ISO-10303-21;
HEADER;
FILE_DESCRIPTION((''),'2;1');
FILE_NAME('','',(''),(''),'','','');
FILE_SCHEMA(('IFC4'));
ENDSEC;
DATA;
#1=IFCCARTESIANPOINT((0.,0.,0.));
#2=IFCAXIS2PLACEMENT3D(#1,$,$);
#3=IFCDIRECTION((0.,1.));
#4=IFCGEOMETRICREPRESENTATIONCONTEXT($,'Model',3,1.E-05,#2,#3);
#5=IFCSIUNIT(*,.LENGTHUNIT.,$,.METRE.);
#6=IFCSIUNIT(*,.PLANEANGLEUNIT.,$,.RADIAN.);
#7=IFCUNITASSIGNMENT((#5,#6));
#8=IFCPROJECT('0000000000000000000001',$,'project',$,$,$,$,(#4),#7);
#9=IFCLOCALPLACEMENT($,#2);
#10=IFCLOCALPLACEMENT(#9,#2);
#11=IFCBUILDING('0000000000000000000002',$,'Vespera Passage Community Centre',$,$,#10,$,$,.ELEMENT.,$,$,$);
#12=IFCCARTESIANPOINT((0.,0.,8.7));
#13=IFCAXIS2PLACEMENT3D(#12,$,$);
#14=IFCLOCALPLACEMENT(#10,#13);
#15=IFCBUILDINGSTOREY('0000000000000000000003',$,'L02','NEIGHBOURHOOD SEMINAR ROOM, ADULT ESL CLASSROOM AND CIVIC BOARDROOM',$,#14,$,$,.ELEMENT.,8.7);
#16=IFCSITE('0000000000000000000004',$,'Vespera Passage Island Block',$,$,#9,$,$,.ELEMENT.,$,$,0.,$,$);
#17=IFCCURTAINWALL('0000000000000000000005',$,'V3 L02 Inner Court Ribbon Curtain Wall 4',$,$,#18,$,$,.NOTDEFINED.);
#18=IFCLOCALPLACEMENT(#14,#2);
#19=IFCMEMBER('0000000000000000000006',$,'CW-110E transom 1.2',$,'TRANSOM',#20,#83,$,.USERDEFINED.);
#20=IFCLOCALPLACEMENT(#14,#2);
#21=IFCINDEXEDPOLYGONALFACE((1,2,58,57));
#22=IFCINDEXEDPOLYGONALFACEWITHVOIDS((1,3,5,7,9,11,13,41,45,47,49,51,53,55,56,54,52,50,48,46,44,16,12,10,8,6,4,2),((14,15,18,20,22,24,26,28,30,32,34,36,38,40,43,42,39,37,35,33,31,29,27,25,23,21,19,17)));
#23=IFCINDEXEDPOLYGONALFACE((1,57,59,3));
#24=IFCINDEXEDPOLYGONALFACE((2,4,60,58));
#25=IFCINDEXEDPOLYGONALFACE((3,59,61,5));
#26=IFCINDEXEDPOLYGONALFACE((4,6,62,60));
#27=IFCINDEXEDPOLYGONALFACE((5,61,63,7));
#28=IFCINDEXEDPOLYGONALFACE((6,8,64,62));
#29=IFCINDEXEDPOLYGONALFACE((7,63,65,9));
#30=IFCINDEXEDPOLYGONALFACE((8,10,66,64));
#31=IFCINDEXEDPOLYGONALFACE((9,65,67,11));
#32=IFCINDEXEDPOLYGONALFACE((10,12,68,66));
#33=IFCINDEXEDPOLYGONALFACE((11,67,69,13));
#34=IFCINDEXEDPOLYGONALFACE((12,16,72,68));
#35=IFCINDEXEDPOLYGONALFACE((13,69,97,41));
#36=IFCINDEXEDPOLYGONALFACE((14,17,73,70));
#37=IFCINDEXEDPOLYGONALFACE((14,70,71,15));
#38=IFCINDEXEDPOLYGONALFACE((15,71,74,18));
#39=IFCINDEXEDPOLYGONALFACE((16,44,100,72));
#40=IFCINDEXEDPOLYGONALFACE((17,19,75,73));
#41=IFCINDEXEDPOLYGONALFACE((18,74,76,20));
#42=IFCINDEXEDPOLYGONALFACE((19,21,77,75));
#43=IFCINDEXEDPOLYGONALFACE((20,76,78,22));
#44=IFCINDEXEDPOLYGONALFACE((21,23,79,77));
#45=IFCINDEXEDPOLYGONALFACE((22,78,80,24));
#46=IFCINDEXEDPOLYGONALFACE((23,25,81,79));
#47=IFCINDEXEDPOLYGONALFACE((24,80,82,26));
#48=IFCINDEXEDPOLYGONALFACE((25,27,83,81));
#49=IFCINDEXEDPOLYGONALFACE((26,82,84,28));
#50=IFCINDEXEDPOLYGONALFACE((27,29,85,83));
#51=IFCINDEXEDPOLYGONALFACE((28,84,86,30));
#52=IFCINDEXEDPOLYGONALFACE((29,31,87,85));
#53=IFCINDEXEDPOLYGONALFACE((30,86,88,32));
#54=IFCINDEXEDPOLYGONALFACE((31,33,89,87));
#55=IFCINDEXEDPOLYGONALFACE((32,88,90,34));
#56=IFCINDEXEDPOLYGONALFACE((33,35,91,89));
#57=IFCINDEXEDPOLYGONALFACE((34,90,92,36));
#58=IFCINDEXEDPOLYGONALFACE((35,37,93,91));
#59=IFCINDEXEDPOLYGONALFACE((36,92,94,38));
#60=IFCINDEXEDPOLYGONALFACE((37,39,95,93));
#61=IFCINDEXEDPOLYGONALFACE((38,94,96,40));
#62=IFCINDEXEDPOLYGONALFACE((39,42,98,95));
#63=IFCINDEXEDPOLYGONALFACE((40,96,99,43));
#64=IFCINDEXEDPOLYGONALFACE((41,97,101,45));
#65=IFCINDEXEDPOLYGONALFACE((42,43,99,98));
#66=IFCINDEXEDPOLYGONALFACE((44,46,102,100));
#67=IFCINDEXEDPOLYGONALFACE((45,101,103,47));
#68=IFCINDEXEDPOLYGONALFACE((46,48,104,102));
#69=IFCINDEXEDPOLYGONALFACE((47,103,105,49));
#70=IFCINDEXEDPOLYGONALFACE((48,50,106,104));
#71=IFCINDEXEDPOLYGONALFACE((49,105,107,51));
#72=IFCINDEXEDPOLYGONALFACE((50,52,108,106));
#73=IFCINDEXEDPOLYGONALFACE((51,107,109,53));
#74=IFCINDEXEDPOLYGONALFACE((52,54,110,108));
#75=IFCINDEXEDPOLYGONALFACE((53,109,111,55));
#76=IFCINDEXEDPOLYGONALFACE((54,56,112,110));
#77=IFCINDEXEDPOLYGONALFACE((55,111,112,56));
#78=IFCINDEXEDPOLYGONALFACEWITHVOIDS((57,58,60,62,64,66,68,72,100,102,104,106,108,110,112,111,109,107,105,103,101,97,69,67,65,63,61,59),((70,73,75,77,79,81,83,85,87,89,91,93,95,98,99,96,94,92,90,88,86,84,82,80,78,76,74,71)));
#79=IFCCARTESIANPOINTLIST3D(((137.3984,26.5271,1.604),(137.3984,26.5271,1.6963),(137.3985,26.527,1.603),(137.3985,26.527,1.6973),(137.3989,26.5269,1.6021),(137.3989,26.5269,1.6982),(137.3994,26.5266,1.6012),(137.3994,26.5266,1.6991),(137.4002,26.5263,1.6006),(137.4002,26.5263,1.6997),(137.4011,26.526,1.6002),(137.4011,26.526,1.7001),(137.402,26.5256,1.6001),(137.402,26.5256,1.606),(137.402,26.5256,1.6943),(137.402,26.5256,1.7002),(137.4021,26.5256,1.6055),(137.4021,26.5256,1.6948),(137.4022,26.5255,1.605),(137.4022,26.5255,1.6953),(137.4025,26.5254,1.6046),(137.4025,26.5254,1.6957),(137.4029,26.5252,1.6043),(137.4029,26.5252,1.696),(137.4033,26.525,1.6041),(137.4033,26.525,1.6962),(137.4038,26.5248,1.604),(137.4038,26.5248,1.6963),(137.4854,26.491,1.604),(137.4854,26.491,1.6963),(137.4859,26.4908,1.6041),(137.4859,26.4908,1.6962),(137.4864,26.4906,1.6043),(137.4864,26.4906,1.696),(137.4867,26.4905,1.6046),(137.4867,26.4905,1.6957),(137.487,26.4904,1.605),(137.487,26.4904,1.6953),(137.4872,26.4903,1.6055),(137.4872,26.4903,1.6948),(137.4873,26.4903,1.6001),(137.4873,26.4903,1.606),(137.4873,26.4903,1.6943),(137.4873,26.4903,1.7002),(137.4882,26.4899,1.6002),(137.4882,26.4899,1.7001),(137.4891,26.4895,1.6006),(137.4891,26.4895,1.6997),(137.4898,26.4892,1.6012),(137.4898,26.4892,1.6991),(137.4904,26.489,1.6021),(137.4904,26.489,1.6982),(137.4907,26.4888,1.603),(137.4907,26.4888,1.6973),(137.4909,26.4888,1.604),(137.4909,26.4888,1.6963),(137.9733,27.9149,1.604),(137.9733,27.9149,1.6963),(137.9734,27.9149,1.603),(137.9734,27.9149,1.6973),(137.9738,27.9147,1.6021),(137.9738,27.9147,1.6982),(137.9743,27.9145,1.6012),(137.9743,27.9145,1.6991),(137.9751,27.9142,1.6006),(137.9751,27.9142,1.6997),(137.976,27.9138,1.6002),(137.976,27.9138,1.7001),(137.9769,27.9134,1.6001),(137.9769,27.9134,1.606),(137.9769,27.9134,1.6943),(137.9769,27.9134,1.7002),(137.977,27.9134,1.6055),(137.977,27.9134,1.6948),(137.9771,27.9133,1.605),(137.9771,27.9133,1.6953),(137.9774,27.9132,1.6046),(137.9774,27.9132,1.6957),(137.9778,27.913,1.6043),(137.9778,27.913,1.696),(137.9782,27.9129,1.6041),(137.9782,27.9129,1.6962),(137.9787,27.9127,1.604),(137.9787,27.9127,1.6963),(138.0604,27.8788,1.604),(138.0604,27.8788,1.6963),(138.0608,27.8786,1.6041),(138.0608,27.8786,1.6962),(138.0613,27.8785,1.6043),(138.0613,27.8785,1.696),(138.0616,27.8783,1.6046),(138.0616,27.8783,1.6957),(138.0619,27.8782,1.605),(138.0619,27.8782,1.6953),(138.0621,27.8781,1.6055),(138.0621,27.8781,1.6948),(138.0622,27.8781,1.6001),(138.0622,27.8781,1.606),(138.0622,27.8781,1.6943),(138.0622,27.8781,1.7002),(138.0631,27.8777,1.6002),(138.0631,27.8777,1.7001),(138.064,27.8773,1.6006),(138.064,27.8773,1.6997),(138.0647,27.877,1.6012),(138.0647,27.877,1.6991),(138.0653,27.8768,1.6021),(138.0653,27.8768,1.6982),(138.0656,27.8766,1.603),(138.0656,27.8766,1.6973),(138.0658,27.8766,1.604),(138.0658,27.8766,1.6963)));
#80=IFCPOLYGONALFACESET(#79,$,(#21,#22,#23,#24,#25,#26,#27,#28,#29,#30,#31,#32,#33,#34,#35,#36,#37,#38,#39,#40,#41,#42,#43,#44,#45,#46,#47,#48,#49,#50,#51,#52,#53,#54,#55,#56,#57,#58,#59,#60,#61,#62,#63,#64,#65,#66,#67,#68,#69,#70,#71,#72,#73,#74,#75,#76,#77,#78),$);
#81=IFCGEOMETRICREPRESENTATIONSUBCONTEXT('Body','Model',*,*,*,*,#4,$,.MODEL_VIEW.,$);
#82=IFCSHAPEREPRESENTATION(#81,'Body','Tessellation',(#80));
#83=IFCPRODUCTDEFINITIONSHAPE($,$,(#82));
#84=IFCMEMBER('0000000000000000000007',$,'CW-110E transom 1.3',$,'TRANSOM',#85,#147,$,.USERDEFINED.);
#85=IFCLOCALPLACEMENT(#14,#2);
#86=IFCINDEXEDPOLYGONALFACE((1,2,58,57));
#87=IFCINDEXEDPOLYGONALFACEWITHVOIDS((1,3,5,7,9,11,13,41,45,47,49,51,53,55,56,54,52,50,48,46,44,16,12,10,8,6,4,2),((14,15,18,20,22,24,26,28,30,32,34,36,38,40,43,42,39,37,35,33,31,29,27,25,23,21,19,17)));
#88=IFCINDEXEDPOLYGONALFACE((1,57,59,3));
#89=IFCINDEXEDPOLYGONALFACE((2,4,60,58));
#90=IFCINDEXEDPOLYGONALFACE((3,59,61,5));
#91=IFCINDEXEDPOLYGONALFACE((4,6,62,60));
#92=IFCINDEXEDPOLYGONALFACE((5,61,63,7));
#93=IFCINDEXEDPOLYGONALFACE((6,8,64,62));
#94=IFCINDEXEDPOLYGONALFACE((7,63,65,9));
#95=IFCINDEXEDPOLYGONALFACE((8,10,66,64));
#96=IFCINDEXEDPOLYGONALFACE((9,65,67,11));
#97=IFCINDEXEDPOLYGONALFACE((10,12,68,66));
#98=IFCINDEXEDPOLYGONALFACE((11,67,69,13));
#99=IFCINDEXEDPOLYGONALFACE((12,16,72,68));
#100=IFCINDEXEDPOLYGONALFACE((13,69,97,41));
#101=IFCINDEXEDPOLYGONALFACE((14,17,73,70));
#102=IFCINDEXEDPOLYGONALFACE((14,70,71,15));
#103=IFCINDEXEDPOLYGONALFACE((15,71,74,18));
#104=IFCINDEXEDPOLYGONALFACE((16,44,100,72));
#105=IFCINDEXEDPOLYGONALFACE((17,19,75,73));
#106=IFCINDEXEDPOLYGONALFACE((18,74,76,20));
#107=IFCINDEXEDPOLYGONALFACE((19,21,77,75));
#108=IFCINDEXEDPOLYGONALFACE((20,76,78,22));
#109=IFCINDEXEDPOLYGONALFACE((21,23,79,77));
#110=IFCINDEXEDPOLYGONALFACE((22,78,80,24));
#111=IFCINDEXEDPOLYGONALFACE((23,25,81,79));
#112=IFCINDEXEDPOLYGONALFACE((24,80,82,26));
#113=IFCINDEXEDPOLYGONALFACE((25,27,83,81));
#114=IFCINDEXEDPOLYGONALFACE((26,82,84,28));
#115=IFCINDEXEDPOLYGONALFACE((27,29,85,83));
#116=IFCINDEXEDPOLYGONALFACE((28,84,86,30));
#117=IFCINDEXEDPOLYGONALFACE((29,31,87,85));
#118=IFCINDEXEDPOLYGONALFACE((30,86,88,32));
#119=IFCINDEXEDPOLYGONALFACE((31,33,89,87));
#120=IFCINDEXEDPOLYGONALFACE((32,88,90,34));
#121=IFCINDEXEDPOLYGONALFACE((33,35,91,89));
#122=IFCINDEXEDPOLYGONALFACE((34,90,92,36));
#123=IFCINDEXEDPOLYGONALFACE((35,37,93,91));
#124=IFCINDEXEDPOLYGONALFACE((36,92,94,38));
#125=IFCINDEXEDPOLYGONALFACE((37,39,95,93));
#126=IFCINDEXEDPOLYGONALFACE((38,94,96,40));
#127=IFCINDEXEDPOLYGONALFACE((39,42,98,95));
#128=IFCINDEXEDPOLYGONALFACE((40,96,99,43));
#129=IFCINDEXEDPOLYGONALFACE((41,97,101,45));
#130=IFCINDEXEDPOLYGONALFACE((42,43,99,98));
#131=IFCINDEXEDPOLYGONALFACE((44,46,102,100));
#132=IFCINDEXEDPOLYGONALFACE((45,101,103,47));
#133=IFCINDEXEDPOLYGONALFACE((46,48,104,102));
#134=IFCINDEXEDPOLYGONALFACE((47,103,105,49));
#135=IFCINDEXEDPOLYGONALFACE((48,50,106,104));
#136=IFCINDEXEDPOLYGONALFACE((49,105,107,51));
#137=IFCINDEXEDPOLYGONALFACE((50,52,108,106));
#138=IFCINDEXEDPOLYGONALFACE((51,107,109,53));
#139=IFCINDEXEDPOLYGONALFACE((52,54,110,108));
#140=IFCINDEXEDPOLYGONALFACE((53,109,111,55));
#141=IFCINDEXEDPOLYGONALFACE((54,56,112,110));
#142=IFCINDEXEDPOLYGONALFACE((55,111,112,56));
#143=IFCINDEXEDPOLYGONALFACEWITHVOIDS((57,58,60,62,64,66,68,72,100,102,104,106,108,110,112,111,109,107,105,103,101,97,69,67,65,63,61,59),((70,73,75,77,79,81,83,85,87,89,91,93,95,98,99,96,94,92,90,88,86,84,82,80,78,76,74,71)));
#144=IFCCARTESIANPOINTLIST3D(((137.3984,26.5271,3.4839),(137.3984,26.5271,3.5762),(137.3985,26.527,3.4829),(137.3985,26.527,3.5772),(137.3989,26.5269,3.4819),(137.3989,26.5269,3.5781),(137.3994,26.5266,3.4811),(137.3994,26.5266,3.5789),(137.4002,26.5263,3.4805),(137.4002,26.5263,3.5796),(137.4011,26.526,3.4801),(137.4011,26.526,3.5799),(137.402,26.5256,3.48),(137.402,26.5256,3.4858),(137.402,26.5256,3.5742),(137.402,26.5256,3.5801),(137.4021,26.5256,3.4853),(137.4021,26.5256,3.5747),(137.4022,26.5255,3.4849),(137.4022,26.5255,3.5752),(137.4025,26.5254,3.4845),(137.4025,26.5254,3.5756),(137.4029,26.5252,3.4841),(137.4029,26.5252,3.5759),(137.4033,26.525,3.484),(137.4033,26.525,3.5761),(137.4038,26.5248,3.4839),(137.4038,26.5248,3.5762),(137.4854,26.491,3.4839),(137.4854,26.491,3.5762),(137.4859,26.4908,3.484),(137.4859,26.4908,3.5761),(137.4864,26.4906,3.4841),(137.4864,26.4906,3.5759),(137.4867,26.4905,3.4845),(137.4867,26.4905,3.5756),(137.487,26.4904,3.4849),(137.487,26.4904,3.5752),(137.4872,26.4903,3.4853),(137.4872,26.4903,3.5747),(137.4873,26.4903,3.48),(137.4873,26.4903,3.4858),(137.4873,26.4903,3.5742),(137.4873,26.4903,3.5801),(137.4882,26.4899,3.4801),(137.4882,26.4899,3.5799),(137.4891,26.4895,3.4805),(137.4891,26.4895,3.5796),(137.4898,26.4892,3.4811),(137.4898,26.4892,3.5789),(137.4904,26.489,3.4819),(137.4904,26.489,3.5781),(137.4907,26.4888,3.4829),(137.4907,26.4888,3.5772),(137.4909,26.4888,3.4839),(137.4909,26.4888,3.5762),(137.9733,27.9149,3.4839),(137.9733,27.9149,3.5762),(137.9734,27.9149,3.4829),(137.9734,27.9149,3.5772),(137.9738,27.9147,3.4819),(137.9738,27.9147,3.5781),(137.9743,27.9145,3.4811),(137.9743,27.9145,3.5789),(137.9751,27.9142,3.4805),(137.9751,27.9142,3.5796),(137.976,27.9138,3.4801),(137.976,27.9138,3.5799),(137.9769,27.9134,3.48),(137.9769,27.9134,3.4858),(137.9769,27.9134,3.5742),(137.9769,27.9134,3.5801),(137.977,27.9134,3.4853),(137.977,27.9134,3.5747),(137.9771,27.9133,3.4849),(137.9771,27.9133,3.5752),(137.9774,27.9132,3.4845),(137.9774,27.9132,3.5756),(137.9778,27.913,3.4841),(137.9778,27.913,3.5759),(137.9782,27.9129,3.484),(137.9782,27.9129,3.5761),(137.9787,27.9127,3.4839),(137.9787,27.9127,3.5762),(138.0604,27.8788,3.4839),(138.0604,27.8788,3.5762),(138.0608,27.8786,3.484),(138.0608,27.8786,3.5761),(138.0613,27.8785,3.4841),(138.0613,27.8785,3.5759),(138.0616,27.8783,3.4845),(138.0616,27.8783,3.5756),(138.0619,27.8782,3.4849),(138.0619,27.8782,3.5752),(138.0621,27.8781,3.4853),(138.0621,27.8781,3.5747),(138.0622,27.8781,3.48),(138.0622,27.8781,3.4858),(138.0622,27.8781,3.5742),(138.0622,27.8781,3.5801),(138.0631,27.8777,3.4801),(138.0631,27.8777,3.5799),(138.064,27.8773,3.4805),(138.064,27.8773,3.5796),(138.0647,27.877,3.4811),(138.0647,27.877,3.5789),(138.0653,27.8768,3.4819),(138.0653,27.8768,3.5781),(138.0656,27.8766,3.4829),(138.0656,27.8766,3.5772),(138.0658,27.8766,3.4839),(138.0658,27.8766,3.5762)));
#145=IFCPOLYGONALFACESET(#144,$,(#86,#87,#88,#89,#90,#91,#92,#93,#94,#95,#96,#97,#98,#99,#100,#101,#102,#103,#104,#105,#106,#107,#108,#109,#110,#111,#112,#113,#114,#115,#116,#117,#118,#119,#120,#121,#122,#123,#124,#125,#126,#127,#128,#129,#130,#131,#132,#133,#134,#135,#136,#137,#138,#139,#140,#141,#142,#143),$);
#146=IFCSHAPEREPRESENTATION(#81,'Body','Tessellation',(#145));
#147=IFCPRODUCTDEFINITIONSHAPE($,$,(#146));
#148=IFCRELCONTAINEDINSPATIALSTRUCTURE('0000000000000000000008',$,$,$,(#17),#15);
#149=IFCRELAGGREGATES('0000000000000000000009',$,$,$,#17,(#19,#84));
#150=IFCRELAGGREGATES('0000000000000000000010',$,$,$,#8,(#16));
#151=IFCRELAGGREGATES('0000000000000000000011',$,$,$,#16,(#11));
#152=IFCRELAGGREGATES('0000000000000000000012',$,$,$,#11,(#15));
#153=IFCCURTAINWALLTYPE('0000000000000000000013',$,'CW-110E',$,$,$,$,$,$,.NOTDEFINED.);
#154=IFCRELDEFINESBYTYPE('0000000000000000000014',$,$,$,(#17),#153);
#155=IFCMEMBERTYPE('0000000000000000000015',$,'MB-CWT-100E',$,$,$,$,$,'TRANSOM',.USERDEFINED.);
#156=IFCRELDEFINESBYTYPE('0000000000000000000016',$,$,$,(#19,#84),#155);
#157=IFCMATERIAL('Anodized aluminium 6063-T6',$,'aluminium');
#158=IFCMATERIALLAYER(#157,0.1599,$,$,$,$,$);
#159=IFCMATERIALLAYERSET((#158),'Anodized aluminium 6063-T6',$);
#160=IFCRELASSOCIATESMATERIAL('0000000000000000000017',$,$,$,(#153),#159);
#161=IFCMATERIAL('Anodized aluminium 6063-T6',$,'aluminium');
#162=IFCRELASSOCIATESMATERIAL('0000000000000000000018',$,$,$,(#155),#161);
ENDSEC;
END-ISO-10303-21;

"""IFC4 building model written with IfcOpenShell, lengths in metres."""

from ifc_helpers import new_model, si_unit, direction, frame, origin, origin_2d, place, context, subcontext, project, spatial, hollow_rectangle, extrude, material, layer, layer_set, material_profile, profile_set, type_object, element, aggregate, save


model = new_model("IFC4")

# Units and contexts
model_context = context("Model", 3, precision=1e-05, world=origin(), true_north=direction((0.0, 1.0)))
body_context = subcontext(model_context, "Body", "Model", "MODEL_VIEW")
ifc_project = project(units=[si_unit("LENGTHUNIT", "METRE"), si_unit("PLANEANGLEUNIT", "RADIAN")], contexts=[model_context])

# Site, building, storey
site_placement = place(None, origin())
site = spatial("IfcSite", under=ifc_project, at=site_placement, Name="Vespera Passage Island Block", CompositionType="ELEMENT", RefElevation=0.0)
building_placement = place(site_placement, origin())
building = spatial("IfcBuilding", under=site, at=building_placement, Name="Vespera Passage Community Centre", CompositionType="ELEMENT")
storey_placement = place(building_placement, frame((0.0, 0.0, 8.7)))
storey = spatial("IfcBuildingStorey", under=building, at=storey_placement, Name="L02", Description="NEIGHBOURHOOD SEMINAR ROOM, ADULT ESL CLASSROOM AND CIVIC BOARDROOM", CompositionType="ELEMENT", Elevation=8.7)

# Shared definitions
ifc_material_1 = material(Name="Anodized aluminium 6063-T6", Category="aluminium")
ifc_layer_1 = layer(ifc_material_1, 0.1599)
ifc_layer_set_1 = layer_set([ifc_layer_1], Name="Anodized aluminium 6063-T6")
curtain_wall_type_1 = type_object("IfcCurtainWallType", Name="CW-110E", PredefinedType="NOTDEFINED", material=ifc_layer_set_1)

# Curtain wall
curtain_wall_1_placement = place(storey_placement, origin())
curtain_wall_1 = element("IfcCurtainWall", 1, at=curtain_wall_1_placement, inside=storey, type_object=curtain_wall_type_1, Name="V3 L02 Inner Court Ribbon Curtain Wall 4", PredefinedType="NOTDEFINED")

# Members
ifc_material_2 = material(Name="Anodized aluminium 6063-T6", Category="aluminium")
ifc_material_profile_1 = material_profile(ifc_material_2, hollow_rectangle(XDim=0.1001, YDim=0.1001, WallThickness=0.0039, InnerFilletRadius=0.002, OuterFilletRadius=0.0039, at=origin_2d()), Name="ALU100X100X4")
ifc_profile_set_1 = profile_set([ifc_material_profile_1], Name="Anodized aluminium 6063-T6")
member_type_1 = type_object("IfcMemberType", Name="MB-CWT-100E", ElementType="TRANSOM", PredefinedType="USERDEFINED", material=ifc_profile_set_1)
member_1_placement = place(storey_placement, frame((138.0195, 27.8958, 1.6501), z_axis=(-0.382711, -0.923868, 0.0), x_axis=(0.923868, -0.382711, 0.0)))
member_1 = element("IfcMember", 2, at=member_1_placement, type_object=member_type_1, Name="CW-110E transom 1.2", ObjectType="TRANSOM", PredefinedType="USERDEFINED", context=body_context, shape_type="SweptSolid", body=[
    extrude(hollow_rectangle(XDim=0.1001, YDim=0.1001, WallThickness=0.0039, InnerFilletRadius=0.002, OuterFilletRadius=0.0039, at=origin_2d()), origin(), (0.0, 0.0, 1.0), 1.5022),
])
member_2_placement = place(storey_placement, frame((138.0195, 27.8958, 3.53), z_axis=(-0.382711, -0.923868, 0.0), x_axis=(0.923868, -0.382711, 0.0)))
member_2 = element("IfcMember", 3, at=member_2_placement, type_object=member_type_1, Name="CW-110E transom 1.3", ObjectType="TRANSOM", PredefinedType="USERDEFINED", context=body_context, shape_type="SweptSolid", body=[
    extrude(hollow_rectangle(XDim=0.1001, YDim=0.1001, WallThickness=0.0039, InnerFilletRadius=0.002, OuterFilletRadius=0.0039, at=origin_2d()), origin(), (0.0, 0.0, 1.0), 1.5022),
])

aggregate(curtain_wall_1, [member_1, member_2])

save(model, "model.ifc")
